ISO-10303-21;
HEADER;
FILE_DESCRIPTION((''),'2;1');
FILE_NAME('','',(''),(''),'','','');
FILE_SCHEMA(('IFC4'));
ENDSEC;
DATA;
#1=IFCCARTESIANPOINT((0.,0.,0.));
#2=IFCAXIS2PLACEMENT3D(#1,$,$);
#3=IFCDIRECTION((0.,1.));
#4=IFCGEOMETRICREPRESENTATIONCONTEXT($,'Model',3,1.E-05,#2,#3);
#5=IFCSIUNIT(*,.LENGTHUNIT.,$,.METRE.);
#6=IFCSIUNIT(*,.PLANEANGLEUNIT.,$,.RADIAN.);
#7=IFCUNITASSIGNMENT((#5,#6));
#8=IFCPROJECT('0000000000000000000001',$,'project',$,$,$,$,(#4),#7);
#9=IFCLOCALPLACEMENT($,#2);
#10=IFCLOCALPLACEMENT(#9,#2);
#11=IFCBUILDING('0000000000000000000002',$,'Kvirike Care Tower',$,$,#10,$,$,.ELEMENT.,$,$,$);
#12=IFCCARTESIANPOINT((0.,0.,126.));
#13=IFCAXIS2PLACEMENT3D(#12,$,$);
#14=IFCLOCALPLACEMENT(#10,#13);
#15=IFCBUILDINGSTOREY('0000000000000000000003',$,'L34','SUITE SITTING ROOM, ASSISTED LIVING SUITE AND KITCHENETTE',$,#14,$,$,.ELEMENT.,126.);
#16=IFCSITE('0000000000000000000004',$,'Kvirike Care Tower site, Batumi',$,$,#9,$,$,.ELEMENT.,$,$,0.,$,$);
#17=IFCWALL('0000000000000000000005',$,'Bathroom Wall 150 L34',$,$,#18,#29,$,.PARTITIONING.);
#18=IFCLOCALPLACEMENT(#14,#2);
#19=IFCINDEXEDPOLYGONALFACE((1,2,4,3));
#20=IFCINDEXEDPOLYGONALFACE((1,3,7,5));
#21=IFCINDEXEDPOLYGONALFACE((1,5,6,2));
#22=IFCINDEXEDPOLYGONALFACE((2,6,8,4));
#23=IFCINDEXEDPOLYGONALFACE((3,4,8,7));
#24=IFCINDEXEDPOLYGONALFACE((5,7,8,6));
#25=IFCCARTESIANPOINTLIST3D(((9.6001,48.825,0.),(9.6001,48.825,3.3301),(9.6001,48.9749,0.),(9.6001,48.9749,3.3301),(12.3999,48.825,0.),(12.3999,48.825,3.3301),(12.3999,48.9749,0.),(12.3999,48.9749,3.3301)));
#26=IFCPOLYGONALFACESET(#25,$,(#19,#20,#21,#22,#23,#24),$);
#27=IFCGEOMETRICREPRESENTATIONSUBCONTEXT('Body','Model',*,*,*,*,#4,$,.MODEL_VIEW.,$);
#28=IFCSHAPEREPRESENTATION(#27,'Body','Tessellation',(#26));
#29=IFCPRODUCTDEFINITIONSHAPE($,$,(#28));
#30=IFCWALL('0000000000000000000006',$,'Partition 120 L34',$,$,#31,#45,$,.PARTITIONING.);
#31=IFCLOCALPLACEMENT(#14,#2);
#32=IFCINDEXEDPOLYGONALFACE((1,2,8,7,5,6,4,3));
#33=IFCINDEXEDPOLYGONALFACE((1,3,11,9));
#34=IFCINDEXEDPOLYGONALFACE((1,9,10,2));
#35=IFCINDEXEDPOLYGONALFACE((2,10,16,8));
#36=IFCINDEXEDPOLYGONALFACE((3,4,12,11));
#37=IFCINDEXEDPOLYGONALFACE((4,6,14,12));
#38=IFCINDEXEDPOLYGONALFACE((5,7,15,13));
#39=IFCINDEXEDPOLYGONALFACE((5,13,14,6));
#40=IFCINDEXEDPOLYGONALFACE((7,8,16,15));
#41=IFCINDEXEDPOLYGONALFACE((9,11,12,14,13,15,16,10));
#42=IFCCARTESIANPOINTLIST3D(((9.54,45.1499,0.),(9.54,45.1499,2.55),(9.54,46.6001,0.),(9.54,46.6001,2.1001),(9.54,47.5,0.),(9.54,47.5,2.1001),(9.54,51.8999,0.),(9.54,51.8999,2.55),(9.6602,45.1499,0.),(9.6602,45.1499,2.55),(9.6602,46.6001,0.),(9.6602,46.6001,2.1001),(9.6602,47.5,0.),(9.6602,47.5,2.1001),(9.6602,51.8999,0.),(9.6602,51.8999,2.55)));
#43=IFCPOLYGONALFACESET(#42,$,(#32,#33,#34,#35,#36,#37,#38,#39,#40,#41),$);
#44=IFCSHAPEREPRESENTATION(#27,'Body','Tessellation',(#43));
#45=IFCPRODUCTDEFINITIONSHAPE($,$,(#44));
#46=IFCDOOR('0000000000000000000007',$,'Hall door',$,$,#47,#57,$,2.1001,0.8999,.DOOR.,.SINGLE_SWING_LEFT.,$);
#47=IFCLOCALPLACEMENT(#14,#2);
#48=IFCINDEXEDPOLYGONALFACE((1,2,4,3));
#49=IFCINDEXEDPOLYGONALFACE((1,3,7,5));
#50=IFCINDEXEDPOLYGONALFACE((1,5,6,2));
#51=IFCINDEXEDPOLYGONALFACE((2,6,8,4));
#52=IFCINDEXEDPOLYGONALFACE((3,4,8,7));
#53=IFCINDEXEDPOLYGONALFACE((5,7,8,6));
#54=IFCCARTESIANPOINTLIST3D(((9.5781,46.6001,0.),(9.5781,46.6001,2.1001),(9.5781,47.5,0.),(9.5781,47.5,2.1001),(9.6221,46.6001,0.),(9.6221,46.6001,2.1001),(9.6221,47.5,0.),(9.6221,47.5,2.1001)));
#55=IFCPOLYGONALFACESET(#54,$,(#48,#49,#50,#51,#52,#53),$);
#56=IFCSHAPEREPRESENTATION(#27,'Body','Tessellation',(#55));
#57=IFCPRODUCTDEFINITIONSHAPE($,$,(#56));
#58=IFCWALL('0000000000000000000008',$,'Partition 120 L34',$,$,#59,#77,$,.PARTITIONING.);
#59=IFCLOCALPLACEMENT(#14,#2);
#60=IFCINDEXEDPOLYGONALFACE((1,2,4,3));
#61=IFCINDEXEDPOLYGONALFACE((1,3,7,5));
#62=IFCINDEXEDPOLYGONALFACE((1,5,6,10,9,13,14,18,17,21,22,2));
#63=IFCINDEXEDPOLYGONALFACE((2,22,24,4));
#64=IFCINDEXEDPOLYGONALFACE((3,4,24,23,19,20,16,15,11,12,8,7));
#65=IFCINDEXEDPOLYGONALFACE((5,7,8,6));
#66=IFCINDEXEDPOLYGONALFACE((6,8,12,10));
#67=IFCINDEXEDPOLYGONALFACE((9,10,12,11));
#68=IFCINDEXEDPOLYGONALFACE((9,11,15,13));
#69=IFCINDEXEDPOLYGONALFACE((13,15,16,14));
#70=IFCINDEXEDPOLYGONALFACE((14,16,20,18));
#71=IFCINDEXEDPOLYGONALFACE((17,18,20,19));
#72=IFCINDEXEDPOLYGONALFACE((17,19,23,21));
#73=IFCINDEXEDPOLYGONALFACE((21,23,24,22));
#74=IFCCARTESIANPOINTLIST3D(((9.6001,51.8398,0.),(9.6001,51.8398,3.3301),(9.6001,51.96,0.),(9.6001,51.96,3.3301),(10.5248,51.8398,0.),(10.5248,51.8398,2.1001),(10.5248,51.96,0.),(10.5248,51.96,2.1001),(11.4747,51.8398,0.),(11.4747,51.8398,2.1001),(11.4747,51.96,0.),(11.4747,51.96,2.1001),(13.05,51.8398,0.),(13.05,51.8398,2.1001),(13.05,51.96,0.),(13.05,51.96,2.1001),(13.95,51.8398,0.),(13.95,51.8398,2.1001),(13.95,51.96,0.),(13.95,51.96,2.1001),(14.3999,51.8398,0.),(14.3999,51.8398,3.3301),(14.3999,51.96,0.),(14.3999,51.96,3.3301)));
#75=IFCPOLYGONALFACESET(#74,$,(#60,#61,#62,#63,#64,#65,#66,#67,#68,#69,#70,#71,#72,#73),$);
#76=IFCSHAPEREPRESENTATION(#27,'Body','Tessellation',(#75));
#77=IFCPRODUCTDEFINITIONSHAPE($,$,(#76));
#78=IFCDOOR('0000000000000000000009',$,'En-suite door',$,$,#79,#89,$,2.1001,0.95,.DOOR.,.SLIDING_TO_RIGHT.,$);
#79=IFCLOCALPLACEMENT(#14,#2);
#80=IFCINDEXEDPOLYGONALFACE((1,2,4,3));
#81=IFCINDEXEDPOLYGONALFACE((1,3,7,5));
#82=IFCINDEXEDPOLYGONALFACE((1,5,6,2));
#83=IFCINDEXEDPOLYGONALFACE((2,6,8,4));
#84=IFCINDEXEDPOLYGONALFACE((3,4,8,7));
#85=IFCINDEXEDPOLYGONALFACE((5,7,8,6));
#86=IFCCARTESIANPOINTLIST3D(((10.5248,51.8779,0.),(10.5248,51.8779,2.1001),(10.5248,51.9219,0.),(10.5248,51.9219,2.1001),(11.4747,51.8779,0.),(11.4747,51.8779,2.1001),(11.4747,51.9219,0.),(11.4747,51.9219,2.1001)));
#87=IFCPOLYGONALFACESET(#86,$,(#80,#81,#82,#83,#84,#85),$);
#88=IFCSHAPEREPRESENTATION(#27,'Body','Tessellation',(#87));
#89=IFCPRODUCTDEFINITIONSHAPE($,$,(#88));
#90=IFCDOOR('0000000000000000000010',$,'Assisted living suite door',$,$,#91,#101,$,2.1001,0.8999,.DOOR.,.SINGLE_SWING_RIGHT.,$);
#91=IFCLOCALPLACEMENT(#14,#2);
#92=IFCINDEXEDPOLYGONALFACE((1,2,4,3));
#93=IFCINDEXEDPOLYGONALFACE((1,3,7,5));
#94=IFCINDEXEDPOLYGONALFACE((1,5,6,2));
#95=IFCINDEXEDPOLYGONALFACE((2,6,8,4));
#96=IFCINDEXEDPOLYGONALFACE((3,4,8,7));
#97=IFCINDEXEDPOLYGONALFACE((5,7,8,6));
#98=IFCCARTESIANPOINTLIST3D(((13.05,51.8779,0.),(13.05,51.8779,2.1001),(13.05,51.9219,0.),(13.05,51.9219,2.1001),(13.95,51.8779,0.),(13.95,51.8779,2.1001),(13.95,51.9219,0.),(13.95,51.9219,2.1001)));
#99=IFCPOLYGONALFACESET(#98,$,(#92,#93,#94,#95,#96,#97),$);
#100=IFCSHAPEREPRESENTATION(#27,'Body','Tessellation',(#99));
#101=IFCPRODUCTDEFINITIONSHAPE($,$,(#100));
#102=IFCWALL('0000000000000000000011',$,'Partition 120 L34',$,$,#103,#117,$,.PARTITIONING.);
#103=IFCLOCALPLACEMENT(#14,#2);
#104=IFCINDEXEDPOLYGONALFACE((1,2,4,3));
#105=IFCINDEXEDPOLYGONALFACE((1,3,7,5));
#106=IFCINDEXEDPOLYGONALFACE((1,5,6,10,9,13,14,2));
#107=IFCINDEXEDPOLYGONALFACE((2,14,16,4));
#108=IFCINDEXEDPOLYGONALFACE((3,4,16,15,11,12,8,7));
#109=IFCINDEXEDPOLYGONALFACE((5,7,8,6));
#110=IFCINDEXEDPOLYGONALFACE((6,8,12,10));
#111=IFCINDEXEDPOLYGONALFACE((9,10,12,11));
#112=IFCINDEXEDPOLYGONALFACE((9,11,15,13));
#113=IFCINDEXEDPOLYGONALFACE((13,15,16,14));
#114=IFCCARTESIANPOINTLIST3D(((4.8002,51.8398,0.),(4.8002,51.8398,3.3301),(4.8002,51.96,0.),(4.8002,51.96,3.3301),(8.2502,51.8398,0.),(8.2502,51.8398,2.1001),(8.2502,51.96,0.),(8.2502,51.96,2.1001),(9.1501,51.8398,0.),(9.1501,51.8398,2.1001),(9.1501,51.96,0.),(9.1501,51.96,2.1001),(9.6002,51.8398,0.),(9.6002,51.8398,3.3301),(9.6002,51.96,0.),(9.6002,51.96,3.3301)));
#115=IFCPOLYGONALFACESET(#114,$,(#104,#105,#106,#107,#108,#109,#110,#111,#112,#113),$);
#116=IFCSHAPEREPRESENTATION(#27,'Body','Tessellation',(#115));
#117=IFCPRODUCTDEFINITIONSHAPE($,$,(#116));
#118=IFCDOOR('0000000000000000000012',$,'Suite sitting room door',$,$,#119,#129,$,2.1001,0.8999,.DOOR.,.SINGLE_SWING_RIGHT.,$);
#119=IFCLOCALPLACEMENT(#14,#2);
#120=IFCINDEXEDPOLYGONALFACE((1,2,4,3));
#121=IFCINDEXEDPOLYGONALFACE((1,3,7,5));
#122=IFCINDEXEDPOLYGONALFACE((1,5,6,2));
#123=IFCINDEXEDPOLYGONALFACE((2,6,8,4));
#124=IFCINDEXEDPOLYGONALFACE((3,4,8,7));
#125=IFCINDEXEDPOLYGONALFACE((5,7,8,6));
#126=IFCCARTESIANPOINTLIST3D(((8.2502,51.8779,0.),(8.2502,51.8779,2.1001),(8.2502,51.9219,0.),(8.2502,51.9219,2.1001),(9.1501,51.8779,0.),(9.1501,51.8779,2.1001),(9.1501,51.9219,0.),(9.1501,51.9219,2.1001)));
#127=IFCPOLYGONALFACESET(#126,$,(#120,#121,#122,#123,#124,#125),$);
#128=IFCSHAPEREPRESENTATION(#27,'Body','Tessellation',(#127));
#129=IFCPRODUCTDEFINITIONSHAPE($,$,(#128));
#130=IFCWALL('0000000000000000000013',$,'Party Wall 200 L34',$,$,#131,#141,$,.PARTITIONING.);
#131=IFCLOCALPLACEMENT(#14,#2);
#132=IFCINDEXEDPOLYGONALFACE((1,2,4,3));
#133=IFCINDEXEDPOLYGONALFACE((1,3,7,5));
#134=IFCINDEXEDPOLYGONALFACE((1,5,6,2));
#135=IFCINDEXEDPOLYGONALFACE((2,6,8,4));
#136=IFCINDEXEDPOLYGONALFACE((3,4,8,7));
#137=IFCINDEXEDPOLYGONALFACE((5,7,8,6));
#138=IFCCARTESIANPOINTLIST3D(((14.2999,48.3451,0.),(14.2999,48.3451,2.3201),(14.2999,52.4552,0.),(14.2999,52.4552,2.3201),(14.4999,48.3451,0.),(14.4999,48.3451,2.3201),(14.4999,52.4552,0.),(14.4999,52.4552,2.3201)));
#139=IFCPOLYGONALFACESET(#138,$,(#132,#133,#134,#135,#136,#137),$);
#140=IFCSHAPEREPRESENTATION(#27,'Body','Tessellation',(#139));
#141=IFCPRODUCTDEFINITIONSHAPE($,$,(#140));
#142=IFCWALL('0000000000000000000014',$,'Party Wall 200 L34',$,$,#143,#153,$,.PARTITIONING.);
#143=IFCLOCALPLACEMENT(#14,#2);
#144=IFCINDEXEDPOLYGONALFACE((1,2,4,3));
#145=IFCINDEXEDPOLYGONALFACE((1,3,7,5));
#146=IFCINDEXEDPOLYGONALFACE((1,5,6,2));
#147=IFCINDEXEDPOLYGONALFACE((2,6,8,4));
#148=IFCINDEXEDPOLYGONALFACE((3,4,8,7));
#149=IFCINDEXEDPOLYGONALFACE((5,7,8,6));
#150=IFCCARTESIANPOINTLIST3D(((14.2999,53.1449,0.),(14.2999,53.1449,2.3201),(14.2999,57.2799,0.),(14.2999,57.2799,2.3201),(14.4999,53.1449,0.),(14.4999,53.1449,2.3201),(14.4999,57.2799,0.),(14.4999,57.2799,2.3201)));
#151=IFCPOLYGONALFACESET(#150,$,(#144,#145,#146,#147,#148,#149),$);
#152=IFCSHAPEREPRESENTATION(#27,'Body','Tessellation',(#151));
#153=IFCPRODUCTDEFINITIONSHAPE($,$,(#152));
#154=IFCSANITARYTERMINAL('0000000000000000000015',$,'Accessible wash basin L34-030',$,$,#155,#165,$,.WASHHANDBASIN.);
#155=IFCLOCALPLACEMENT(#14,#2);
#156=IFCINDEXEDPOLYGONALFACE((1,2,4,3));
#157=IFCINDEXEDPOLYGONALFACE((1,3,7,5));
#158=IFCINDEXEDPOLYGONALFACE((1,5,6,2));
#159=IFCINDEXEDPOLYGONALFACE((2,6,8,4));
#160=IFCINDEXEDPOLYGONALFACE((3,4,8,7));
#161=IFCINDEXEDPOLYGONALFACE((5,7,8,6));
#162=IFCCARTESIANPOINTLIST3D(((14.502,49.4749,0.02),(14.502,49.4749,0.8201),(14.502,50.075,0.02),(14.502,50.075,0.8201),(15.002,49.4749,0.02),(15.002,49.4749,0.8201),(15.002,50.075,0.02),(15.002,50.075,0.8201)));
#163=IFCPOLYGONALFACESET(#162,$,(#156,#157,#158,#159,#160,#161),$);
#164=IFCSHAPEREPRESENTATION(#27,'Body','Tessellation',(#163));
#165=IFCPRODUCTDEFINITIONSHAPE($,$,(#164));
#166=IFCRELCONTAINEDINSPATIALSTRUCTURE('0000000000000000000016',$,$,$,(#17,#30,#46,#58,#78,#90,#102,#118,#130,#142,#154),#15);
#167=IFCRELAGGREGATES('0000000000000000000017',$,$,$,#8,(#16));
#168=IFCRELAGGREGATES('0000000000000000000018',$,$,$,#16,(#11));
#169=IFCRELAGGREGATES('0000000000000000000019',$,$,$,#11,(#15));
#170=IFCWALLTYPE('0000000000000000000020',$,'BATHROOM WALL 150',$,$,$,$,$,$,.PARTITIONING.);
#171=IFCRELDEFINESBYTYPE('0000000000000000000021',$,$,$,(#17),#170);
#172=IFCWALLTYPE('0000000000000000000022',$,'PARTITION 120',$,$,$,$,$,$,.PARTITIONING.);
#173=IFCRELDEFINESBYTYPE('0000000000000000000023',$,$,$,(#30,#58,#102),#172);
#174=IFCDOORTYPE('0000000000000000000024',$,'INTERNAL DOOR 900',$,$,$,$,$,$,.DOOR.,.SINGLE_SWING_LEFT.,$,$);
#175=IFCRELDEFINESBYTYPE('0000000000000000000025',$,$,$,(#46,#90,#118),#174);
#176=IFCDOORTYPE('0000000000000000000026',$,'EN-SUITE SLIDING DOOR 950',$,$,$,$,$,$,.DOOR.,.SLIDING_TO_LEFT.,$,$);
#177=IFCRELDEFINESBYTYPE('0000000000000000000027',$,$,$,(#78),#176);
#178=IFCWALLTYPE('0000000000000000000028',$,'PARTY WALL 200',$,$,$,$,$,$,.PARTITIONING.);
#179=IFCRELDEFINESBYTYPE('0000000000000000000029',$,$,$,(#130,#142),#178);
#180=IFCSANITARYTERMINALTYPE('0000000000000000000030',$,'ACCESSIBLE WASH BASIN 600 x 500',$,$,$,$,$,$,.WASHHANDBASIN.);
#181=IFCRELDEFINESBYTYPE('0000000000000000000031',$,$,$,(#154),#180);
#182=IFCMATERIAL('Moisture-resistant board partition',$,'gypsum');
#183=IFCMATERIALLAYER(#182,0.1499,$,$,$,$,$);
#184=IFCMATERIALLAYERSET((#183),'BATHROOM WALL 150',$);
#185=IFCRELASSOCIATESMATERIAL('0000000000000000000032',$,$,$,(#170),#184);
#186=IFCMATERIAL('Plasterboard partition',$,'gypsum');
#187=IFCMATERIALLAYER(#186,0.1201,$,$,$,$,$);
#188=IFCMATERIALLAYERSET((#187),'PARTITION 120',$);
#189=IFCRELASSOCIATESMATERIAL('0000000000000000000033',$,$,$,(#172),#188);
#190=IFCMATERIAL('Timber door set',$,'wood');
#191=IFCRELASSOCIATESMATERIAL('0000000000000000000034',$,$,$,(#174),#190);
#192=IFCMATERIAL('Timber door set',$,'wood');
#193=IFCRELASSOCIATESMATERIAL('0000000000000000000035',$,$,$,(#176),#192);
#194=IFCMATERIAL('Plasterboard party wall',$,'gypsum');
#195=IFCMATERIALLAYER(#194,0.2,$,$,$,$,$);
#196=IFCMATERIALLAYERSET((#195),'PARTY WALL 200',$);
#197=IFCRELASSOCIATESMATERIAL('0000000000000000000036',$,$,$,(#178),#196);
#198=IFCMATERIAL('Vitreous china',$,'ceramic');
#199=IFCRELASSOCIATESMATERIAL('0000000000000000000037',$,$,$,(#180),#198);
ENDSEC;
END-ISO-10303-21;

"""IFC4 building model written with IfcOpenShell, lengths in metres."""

from ifc_helpers import new_model, si_unit, direction, frame, frame_2d, origin, origin_2d, place, context, subcontext, project, spatial, rectangle, extrude, material, layer, layer_set, type_object, element, fill, save


model = new_model("IFC4")

# Units and contexts
model_context = context("Model", 3, precision=1e-05, world=origin(), true_north=direction((0.0, 1.0)))
body_context = subcontext(model_context, "Body", "Model", "MODEL_VIEW")
ifc_project = project(units=[si_unit("LENGTHUNIT", "METRE"), si_unit("PLANEANGLEUNIT", "RADIAN")], contexts=[model_context])

# Site, building, storey
site_placement = place(None, origin())
site = spatial("IfcSite", under=ifc_project, at=site_placement, Name="Kvirike Care Tower site, Batumi", CompositionType="ELEMENT", RefElevation=0.0)
building_placement = place(site_placement, origin())
building = spatial("IfcBuilding", under=site, at=building_placement, Name="Kvirike Care Tower", CompositionType="ELEMENT")
storey_placement = place(building_placement, frame((0.0, 0.0, 126.0)))
storey = spatial("IfcBuildingStorey", under=building, at=storey_placement, Name="L34", Description="SUITE SITTING ROOM, ASSISTED LIVING SUITE AND KITCHENETTE", CompositionType="ELEMENT", Elevation=126.0)

# Wall
ifc_material_1 = material(Name="Moisture-resistant board partition", Category="gypsum")
ifc_layer_1 = layer(ifc_material_1, 0.1499)
ifc_layer_set_1 = layer_set([ifc_layer_1], Name="BATHROOM WALL 150")
wall_type_1 = type_object("IfcWallType", Name="BATHROOM WALL 150", PredefinedType="PARTITIONING", material=ifc_layer_set_1)
wall_1_placement = place(storey_placement, frame((12.3999, 48.8999, 0.0), z_axis=(0.0, 0.0, 1.0), x_axis=(-1.0, 0.0, 0.0)))
element("IfcWall", 1, at=wall_1_placement, inside=storey, type_object=wall_type_1, Name="Bathroom Wall 150 L34", PredefinedType="PARTITIONING", context=body_context, shape_type="SweptSolid", body=[
    extrude(rectangle(XDim=2.7998, YDim=0.1499, at=frame_2d((1.3999, 0.0))), origin(), (0.0, 0.0, 1.0), 3.3301),
])

# Wall, opening, door
ifc_material_2 = material(Name="Plasterboard partition", Category="gypsum")
ifc_layer_2 = layer(ifc_material_2, 0.1201)
ifc_layer_set_2 = layer_set([ifc_layer_2], Name="PARTITION 120")
wall_type_2 = type_object("IfcWallType", Name="PARTITION 120", PredefinedType="PARTITIONING", material=ifc_layer_set_2)
wall_2_placement = place(storey_placement, frame((9.6001, 51.8999, 0.0), z_axis=(0.0, 0.0, 1.0), x_axis=(0.0, -1.0, 0.0)))
wall_2 = element("IfcWall", 2, at=wall_2_placement, inside=storey, type_object=wall_type_2, Name="Partition 120 L34", PredefinedType="PARTITIONING", context=body_context, shape_type="SweptSolid", body=[
    extrude(rectangle(XDim=6.75, YDim=0.1201, at=frame_2d((3.375, 0.0))), origin(), (0.0, 0.0, 1.0), 2.55),
])
opening_1_placement = place(wall_2_placement, frame((4.3999, 0.0, 0.0)))
opening_1 = element("IfcOpeningElement", 3, at=opening_1_placement, cuts=wall_2, PredefinedType="OPENING", context=body_context, shape_type="SweptSolid", body=[
    extrude(rectangle(XDim=0.8999, YDim=2.1001, at=frame_2d((0.45, 1.05))), frame((0.0, 0.0706, 0.0), z_axis=(0.0, -1.0, 0.0), x_axis=(1.0, 0.0, 0.0)), (0.0, 0.0, 1.0), 0.1411),
])
ifc_material_3 = material(Name="Timber door set", Category="wood")
door_type_1 = type_object("IfcDoorType", Name="INTERNAL DOOR 900", OperationType="SINGLE_SWING_LEFT", PredefinedType="DOOR", material=ifc_material_3)
door_1_placement = place(opening_1_placement, origin())
door_1 = element("IfcDoor", 4, at=door_1_placement, inside=storey, type_object=door_type_1, Name="Hall door", OperationType="SINGLE_SWING_LEFT", OverallHeight=2.1001, OverallWidth=0.8999, PredefinedType="DOOR", context=body_context, shape_type="SweptSolid", body=[
    extrude(rectangle(XDim=0.8999, YDim=2.1001, at=frame_2d((0.45, 1.05))), frame((0.0, 0.022, 0.0), z_axis=(0.0, -1.0, 0.0), x_axis=(1.0, 0.0, 0.0)), (0.0, 0.0, 1.0), 0.0439),
])
fill(opening_1, door_1)

# Wall, openings, doors
wall_3_placement = place(storey_placement, frame((14.3999, 51.8999, 0.0), z_axis=(0.0, 0.0, 1.0), x_axis=(-1.0, 0.0, 0.0)))
wall_3 = element("IfcWall", 5, at=wall_3_placement, inside=storey, type_object=wall_type_2, Name="Partition 120 L34", PredefinedType="PARTITIONING", context=body_context, shape_type="SweptSolid", body=[
    extrude(rectangle(XDim=4.7998, YDim=0.1201, at=frame_2d((2.3999, 0.0))), origin(), (0.0, 0.0, 1.0), 3.3301),
])
opening_2_placement = place(wall_3_placement, frame((0.45, 0.0, 0.0)))
opening_2 = element("IfcOpeningElement", 6, at=opening_2_placement, cuts=wall_3, PredefinedType="OPENING", context=body_context, shape_type="SweptSolid", body=[
    extrude(rectangle(XDim=0.8999, YDim=2.1001, at=frame_2d((0.45, 1.05))), frame((0.0, 0.0706, 0.0), z_axis=(0.0, -1.0, 0.0), x_axis=(1.0, 0.0, 0.0)), (0.0, 0.0, 1.0), 0.1411),
])
opening_3_placement = place(wall_3_placement, frame((2.925, 0.0, 0.0)))
opening_3 = element("IfcOpeningElement", 7, at=opening_3_placement, cuts=wall_3, PredefinedType="OPENING", context=body_context, shape_type="SweptSolid", body=[
    extrude(rectangle(XDim=0.95, YDim=2.1001, at=frame_2d((0.4751, 1.05))), frame((0.0, 0.0706, 0.0), z_axis=(0.0, -1.0, 0.0), x_axis=(1.0, 0.0, 0.0)), (0.0, 0.0, 1.0), 0.1411),
])
ifc_material_4 = material(Name="Timber door set", Category="wood")
door_type_2 = type_object("IfcDoorType", Name="EN-SUITE SLIDING DOOR 950", OperationType="SLIDING_TO_LEFT", PredefinedType="DOOR", material=ifc_material_4)
door_2_placement = place(opening_3_placement, origin())
door_2 = element("IfcDoor", 8, at=door_2_placement, inside=storey, type_object=door_type_2, Name="En-suite door", OperationType="SLIDING_TO_RIGHT", OverallHeight=2.1001, OverallWidth=0.95, PredefinedType="DOOR", context=body_context, shape_type="SweptSolid", body=[
    extrude(rectangle(XDim=0.95, YDim=2.1001, at=frame_2d((0.4751, 1.05))), frame((0.0, 0.022, 0.0), z_axis=(0.0, -1.0, 0.0), x_axis=(1.0, 0.0, 0.0)), (0.0, 0.0, 1.0), 0.0439),
])
fill(opening_3, door_2)
door_3_placement = place(opening_2_placement, origin())
door_3 = element("IfcDoor", 9, at=door_3_placement, inside=storey, type_object=door_type_1, Name="Assisted living suite door", OperationType="SINGLE_SWING_RIGHT", OverallHeight=2.1001, OverallWidth=0.8999, PredefinedType="DOOR", context=body_context, shape_type="SweptSolid", body=[
    extrude(rectangle(XDim=0.8999, YDim=2.1001, at=frame_2d((0.45, 1.05))), frame((0.0, 0.022, 0.0), z_axis=(0.0, -1.0, 0.0), x_axis=(1.0, 0.0, 0.0)), (0.0, 0.0, 1.0), 0.0439),
])
fill(opening_2, door_3)

# Wall, opening, door
wall_4_placement = place(storey_placement, frame((9.6001, 51.8999, 0.0), z_axis=(0.0, 0.0, 1.0), x_axis=(-1.0, 0.0, 0.0)))
wall_4 = element("IfcWall", 10, at=wall_4_placement, inside=storey, type_object=wall_type_2, Name="Partition 120 L34", PredefinedType="PARTITIONING", context=body_context, shape_type="SweptSolid", body=[
    extrude(rectangle(XDim=4.8, YDim=0.1201, at=frame_2d((2.3999, 0.0))), origin(), (0.0, 0.0, 1.0), 3.3301),
])
opening_4_placement = place(wall_4_placement, frame((0.45, 0.0, 0.0)))
opening_4 = element("IfcOpeningElement", 11, at=opening_4_placement, cuts=wall_4, PredefinedType="OPENING", context=body_context, shape_type="SweptSolid", body=[
    extrude(rectangle(XDim=0.8999, YDim=2.1001, at=frame_2d((0.45, 1.05))), frame((0.0, 0.0706, 0.0), z_axis=(0.0, -1.0, 0.0), x_axis=(1.0, 0.0, 0.0)), (0.0, 0.0, 1.0), 0.1411),
])
door_4_placement = place(opening_4_placement, origin())
door_4 = element("IfcDoor", 12, at=door_4_placement, inside=storey, type_object=door_type_1, Name="Suite sitting room door", OperationType="SINGLE_SWING_RIGHT", OverallHeight=2.1001, OverallWidth=0.8999, PredefinedType="DOOR", context=body_context, shape_type="SweptSolid", body=[
    extrude(rectangle(XDim=0.8999, YDim=2.1001, at=frame_2d((0.45, 1.05))), frame((0.0, 0.022, 0.0), z_axis=(0.0, -1.0, 0.0), x_axis=(1.0, 0.0, 0.0)), (0.0, 0.0, 1.0), 0.0439),
])
fill(opening_4, door_4)

# Walls
ifc_material_5 = material(Name="Plasterboard party wall", Category="gypsum")
ifc_layer_3 = layer(ifc_material_5, 0.2)
ifc_layer_set_3 = layer_set([ifc_layer_3], Name="PARTY WALL 200")
wall_type_3 = type_object("IfcWallType", Name="PARTY WALL 200", PredefinedType="PARTITIONING", material=ifc_layer_set_3)
wall_5_placement = place(storey_placement, frame((14.3999, 48.345, 0.0), z_axis=(0.0, 0.0, 1.0), x_axis=(0.0, 1.0, 0.0)))
element("IfcWall", 13, at=wall_5_placement, inside=storey, type_object=wall_type_3, Name="Party Wall 200 L34", PredefinedType="PARTITIONING", context=body_context, shape_type="SweptSolid", body=[
    extrude(rectangle(XDim=4.1101, YDim=0.2, at=frame_2d((2.0552, 0.0))), origin(), (0.0, 0.0, 1.0), 2.3201),
])
wall_6_placement = place(storey_placement, frame((14.3999, 53.145, 0.0), z_axis=(0.0, 0.0, 1.0), x_axis=(0.0, 1.0, 0.0)))
element("IfcWall", 14, at=wall_6_placement, inside=storey, type_object=wall_type_3, Name="Party Wall 200 L34", PredefinedType="PARTITIONING", context=body_context, shape_type="SweptSolid", body=[
    extrude(rectangle(XDim=4.135, YDim=0.2, at=frame_2d((2.0674, 0.0))), origin(), (0.0, 0.0, 1.0), 2.3201),
])

# Sanitary terminal
ifc_material_6 = material(Name="Vitreous china", Category="ceramic")
sanitary_terminal_type_1 = type_object("IfcSanitaryTerminalType", Name="ACCESSIBLE WASH BASIN 600 x 500", PredefinedType="WASHHANDBASIN", material=ifc_material_6)
sanitary_terminal_1_placement = place(storey_placement, frame((14.752, 49.7749, 0.02), z_axis=(0.0, 0.0, 1.0), x_axis=(0.0, 1.0, 0.0)))
element("IfcSanitaryTerminal", 15, at=sanitary_terminal_1_placement, inside=storey, type_object=sanitary_terminal_type_1, Name="Accessible wash basin L34-030", PredefinedType="WASHHANDBASIN", context=body_context, shape_type="SweptSolid", body=[
    extrude(rectangle(XDim=0.6001, YDim=0.5, at=origin_2d()), origin(), (0.0, 0.0, 1.0), 0.8),
])

save(model, "model.ifc")
